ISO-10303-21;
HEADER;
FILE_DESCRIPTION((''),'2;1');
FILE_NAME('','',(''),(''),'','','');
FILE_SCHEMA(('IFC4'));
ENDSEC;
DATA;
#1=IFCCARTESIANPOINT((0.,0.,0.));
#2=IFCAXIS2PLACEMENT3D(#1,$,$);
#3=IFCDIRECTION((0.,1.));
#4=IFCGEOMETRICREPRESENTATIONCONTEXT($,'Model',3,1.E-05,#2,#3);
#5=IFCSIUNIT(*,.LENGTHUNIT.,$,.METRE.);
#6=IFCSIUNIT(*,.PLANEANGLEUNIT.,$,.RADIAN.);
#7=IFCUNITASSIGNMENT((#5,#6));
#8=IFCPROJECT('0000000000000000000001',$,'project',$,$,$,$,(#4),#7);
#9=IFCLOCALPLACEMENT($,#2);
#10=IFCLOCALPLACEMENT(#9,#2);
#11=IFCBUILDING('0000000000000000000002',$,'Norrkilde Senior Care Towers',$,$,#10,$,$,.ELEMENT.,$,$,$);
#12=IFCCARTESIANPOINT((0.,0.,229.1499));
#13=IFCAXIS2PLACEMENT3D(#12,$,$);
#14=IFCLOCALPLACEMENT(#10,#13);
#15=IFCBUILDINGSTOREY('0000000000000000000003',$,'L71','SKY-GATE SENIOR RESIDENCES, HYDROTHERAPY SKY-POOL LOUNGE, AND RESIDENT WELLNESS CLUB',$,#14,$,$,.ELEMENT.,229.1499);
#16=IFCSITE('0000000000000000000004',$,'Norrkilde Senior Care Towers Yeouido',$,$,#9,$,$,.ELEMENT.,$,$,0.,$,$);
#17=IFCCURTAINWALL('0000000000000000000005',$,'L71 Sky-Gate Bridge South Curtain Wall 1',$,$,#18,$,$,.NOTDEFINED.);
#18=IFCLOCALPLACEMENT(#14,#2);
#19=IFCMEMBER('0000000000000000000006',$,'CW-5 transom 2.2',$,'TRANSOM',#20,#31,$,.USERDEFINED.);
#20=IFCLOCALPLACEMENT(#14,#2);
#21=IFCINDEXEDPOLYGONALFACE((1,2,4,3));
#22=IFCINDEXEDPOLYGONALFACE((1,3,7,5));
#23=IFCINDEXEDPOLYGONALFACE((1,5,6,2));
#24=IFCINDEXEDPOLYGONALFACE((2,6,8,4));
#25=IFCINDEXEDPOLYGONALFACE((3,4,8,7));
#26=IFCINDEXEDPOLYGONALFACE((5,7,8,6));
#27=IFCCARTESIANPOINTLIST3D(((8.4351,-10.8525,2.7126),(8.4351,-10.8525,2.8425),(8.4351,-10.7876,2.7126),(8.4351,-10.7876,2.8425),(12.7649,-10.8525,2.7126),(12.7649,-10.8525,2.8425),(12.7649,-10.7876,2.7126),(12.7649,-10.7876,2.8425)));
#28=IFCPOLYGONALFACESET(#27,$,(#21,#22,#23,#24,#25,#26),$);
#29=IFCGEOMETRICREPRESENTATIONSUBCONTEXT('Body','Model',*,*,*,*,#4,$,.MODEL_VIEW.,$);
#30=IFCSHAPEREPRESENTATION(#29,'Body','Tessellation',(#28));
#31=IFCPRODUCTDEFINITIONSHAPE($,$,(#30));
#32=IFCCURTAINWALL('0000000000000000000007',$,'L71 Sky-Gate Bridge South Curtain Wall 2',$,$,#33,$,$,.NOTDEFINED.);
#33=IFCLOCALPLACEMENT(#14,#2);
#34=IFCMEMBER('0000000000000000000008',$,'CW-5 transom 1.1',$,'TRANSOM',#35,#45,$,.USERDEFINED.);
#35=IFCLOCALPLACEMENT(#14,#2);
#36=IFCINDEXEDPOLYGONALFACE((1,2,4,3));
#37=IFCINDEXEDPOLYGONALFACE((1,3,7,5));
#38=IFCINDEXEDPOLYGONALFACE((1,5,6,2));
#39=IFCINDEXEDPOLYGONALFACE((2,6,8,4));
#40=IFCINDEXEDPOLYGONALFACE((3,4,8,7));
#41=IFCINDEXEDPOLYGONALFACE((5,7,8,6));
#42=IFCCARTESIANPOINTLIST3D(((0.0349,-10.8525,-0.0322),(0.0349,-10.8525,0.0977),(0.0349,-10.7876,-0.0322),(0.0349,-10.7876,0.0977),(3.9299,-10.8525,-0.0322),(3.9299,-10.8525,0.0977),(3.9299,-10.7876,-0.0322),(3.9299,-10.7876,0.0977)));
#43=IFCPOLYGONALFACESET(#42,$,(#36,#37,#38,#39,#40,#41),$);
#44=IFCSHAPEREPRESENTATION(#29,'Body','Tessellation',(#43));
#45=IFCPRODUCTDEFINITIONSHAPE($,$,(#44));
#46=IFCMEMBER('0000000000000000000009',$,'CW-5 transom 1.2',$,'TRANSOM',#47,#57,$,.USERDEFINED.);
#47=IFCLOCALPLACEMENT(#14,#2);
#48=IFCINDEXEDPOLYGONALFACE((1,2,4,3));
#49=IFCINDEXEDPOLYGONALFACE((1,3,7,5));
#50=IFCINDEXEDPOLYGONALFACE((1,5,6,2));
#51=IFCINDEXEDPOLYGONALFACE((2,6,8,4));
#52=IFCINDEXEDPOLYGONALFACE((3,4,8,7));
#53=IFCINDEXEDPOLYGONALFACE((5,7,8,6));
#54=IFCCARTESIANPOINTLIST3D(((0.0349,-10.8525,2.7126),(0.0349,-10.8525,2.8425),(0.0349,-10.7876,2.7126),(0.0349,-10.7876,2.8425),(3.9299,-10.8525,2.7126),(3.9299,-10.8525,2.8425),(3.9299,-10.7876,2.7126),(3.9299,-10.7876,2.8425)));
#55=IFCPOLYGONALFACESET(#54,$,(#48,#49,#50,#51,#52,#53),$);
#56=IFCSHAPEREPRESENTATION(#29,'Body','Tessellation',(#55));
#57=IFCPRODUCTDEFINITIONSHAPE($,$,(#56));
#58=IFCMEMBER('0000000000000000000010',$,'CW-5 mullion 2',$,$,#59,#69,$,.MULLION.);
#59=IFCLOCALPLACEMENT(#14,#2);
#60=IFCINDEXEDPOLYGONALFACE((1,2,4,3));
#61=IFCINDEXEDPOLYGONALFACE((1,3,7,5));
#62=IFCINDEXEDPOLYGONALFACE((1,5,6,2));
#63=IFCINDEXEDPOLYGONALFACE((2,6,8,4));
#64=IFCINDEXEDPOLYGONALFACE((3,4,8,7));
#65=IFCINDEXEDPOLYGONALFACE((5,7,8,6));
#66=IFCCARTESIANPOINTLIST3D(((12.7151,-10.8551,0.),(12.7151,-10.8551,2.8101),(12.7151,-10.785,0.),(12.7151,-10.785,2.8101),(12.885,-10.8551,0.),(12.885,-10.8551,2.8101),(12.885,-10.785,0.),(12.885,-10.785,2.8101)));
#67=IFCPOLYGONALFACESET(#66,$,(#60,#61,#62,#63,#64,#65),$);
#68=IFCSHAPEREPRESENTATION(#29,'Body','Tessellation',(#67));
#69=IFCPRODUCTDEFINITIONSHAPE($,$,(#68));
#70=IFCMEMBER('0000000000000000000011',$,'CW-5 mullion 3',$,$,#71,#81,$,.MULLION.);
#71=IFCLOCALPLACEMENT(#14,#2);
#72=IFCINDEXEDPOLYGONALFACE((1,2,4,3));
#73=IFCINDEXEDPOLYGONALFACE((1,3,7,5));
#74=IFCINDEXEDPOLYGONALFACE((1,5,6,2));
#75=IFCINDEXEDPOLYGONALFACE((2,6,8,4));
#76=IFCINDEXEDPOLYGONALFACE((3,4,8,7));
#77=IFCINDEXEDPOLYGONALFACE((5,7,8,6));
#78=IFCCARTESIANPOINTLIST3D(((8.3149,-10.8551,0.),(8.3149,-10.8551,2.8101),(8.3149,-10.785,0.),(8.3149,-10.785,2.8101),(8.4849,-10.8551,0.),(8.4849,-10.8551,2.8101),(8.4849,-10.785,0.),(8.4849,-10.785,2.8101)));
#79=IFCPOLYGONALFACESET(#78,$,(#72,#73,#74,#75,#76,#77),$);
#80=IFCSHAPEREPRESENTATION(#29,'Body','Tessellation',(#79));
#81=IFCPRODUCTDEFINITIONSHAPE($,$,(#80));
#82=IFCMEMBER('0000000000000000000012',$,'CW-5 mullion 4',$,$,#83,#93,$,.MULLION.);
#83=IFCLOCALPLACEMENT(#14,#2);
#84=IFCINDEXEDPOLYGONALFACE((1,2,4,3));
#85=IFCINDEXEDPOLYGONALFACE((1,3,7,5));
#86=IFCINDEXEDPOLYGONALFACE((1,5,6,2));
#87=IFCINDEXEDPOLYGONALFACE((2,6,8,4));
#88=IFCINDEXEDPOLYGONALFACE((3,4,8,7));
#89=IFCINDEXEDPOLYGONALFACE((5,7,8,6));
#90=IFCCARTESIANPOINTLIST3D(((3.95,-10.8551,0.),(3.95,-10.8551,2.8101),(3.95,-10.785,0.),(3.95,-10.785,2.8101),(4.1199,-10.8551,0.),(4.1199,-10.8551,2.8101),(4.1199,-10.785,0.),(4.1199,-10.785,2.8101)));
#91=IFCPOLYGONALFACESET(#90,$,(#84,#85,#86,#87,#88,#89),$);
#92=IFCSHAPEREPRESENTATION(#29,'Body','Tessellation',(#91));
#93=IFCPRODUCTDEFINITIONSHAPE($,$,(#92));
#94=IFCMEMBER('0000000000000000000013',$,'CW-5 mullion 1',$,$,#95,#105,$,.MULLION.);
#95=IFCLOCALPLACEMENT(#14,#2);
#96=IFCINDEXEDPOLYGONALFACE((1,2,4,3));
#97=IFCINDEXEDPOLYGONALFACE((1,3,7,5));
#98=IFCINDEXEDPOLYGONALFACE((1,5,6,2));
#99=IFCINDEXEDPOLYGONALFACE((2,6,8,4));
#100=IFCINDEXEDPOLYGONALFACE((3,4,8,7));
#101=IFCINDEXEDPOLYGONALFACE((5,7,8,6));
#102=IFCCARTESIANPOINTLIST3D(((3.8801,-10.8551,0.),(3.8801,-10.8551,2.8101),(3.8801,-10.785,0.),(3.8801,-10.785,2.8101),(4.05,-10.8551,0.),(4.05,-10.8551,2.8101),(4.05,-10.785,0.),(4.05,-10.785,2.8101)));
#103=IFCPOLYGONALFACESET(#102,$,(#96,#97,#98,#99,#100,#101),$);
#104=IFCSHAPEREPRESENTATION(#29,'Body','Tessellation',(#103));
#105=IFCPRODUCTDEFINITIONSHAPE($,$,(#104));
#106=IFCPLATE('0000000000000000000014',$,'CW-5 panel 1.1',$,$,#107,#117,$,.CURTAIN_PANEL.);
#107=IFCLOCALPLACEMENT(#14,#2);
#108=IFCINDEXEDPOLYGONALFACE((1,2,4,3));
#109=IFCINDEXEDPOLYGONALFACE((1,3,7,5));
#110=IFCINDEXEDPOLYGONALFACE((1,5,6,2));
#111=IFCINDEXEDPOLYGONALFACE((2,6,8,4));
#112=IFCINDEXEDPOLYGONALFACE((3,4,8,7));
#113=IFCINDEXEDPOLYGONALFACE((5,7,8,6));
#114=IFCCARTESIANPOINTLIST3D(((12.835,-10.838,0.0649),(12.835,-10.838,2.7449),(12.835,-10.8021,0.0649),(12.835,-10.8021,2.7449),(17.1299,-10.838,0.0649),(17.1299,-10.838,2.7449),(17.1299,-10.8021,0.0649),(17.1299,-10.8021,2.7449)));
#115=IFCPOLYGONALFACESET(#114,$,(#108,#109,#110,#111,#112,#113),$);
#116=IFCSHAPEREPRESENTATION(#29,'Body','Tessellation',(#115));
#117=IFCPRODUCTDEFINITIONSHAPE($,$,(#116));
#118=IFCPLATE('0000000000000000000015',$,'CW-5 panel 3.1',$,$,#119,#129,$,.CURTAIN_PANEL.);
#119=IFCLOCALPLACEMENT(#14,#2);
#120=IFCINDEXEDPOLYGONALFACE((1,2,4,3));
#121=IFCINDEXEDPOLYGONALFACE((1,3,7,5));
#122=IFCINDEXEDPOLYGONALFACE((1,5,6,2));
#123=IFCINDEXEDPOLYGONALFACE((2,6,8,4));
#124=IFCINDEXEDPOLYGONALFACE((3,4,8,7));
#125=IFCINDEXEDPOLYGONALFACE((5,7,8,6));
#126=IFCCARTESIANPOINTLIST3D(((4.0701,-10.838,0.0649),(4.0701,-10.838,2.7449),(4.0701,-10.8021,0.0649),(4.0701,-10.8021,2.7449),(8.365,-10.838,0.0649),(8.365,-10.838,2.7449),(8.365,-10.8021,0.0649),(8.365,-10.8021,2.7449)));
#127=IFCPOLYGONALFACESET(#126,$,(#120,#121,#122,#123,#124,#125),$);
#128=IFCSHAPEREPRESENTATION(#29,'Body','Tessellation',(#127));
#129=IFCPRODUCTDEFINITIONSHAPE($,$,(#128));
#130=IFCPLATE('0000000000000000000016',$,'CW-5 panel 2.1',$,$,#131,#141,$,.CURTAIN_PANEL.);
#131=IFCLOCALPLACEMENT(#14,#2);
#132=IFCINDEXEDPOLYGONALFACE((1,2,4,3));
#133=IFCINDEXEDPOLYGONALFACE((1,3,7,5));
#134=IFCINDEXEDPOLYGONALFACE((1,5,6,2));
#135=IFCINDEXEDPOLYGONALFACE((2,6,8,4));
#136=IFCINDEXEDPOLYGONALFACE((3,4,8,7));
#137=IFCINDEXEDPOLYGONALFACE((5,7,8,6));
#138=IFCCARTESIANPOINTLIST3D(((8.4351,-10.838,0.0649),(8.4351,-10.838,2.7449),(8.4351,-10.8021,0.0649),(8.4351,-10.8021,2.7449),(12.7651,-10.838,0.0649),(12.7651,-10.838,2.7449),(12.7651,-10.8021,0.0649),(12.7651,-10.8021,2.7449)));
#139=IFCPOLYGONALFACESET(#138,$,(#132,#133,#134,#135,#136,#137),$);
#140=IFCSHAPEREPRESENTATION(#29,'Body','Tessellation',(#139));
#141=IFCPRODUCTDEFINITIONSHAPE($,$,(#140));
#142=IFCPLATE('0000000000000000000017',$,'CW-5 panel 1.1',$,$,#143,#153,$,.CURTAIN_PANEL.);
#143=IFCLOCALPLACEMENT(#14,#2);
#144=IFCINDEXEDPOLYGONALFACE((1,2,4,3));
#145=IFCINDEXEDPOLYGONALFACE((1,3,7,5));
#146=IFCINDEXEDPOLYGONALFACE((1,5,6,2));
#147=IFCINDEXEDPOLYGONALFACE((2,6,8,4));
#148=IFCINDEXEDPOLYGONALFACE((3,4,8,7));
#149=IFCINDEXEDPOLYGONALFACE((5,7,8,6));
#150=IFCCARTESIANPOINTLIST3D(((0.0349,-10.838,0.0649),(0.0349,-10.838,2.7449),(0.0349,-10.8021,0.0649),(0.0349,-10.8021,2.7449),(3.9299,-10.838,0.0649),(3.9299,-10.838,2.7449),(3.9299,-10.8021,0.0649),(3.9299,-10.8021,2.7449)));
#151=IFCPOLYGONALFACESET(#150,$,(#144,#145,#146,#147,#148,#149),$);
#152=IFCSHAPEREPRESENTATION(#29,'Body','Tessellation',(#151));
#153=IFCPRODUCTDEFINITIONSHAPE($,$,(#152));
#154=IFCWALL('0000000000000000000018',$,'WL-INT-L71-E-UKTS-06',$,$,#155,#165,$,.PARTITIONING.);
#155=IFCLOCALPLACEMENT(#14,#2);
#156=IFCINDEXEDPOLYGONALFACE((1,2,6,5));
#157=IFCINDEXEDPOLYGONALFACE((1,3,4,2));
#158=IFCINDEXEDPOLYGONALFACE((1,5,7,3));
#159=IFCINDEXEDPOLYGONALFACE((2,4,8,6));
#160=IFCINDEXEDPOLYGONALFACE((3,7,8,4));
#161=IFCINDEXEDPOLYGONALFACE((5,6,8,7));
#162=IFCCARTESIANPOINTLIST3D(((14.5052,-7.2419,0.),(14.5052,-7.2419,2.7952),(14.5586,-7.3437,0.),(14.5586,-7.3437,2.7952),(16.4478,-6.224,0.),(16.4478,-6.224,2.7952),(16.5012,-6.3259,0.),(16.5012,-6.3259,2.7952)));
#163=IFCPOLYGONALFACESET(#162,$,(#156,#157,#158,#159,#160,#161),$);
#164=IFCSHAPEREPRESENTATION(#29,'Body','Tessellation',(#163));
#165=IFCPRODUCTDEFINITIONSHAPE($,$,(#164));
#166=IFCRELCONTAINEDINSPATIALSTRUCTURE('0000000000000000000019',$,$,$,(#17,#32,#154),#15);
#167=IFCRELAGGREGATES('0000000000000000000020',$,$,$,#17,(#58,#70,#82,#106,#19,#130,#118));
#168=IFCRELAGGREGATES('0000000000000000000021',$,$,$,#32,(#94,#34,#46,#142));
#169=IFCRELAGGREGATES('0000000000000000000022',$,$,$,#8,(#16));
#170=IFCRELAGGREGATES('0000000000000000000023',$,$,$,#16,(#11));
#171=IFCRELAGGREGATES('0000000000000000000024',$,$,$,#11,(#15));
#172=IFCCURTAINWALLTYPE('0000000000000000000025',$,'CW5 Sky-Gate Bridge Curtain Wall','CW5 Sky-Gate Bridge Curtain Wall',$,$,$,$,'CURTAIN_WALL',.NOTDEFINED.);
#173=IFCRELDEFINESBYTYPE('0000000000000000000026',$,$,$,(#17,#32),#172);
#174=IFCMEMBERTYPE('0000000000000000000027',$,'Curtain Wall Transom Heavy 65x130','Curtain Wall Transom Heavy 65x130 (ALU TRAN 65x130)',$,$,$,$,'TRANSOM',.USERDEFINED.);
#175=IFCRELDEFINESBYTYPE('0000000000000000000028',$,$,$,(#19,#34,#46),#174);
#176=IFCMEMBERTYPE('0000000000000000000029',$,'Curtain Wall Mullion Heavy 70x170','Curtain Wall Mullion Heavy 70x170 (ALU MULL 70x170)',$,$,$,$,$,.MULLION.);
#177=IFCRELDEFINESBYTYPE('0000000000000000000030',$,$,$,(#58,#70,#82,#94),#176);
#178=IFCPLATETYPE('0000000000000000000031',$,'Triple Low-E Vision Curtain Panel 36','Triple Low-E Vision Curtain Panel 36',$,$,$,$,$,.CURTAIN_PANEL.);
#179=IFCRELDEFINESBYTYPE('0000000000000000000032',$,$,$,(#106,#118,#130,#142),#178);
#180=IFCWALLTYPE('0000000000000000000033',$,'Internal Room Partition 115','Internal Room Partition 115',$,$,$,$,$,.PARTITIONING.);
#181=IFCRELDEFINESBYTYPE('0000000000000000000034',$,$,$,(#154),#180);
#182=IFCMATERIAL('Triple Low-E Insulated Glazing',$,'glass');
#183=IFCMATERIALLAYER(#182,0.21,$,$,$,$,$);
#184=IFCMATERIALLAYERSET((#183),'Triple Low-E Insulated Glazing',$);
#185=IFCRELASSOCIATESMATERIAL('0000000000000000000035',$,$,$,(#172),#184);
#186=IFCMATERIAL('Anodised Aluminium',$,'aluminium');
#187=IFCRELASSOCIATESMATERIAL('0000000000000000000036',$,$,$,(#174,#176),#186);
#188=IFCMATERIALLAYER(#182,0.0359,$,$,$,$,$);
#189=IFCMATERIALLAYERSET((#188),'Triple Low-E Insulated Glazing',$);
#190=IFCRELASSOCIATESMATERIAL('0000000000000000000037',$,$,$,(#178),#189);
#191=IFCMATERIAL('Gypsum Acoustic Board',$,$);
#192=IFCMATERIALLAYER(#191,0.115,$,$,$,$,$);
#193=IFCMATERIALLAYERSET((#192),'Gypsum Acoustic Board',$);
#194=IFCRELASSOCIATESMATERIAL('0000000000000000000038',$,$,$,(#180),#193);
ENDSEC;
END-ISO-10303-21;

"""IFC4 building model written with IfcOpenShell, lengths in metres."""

from ifc_helpers import new_model, si_unit, direction, frame, frame_2d, origin, origin_2d, place, context, subcontext, project, spatial, rectangle, extrude, source, transform, mapped, material, layer, layer_set, material_profile, profile_set, type_object, type_shapes, element, aggregate, save


model = new_model("IFC4")

# Units and contexts
model_context = context("Model", 3, precision=1e-05, world=origin(), true_north=direction((0.0, 1.0)))
body_context = subcontext(model_context, "Body", "Model", "MODEL_VIEW")
ifc_project = project(units=[si_unit("LENGTHUNIT", "METRE"), si_unit("PLANEANGLEUNIT", "RADIAN")], contexts=[model_context])

# Site, building, storey
site_placement = place(None, origin())
site = spatial("IfcSite", under=ifc_project, at=site_placement, Name="Norrkilde Senior Care Towers Yeouido", CompositionType="ELEMENT", RefElevation=0.0)
building_placement = place(site_placement, origin())
building = spatial("IfcBuilding", under=site, at=building_placement, Name="Norrkilde Senior Care Towers", CompositionType="ELEMENT")
storey_placement = place(building_placement, frame((0.0, 0.0, 229.1499)))
storey = spatial("IfcBuildingStorey", under=building, at=storey_placement, Name="L71", Description="SKY-GATE SENIOR RESIDENCES, HYDROTHERAPY SKY-POOL LOUNGE, AND RESIDENT WELLNESS CLUB", CompositionType="ELEMENT", Elevation=229.1499)

# Curtain walls, members
ifc_material_1 = material(Name="Triple Low-E Insulated Glazing", Category="glass")
ifc_layer_1 = layer(ifc_material_1, 0.21)
ifc_layer_set_1 = layer_set([ifc_layer_1], Name="Triple Low-E Insulated Glazing")
curtain_wall_type = type_object("IfcCurtainWallType", Name="CW5 Sky-Gate Bridge Curtain Wall", Description="CW5 Sky-Gate Bridge Curtain Wall", ElementType="CURTAIN_WALL", PredefinedType="NOTDEFINED", material=ifc_layer_set_1)
curtain_wall_1_placement = place(storey_placement, origin())
curtain_wall_1 = element("IfcCurtainWall", 1, at=curtain_wall_1_placement, inside=storey, type_object=curtain_wall_type, Name="L71 Sky-Gate Bridge South Curtain Wall 1", PredefinedType="NOTDEFINED")
ifc_material_2 = material(Name="Anodised Aluminium", Category="aluminium")
ifc_material_profile_1 = material_profile(ifc_material_2, rectangle(XDim=0.0649, YDim=0.1299, at=origin_2d()), Name="ALU TRAN 65x130")
ifc_profile_set_1 = profile_set([ifc_material_profile_1], Name="Anodised Aluminium")
member_type_1 = type_object("IfcMemberType", Name="Curtain Wall Transom Heavy 65x130", Description="Curtain Wall Transom Heavy 65x130 (ALU TRAN 65x130)", ElementType="TRANSOM", PredefinedType="USERDEFINED", material=ifc_profile_set_1)
shared_shape_1 = source(origin(), body_context, "Body", "SweptSolid", [
    extrude(rectangle(XDim=0.0649, YDim=0.1299, at=origin_2d()), origin(), (0.0, 0.0, 1.0), 4.3298),
])
member_1_placement = place(storey_placement, frame((12.7649, -10.8201, 2.7776), z_axis=(-1.0, 0.0, 0.0), x_axis=(0.0, -1.0, 0.0)))
member_1 = element("IfcMember", 2, at=member_1_placement, type_object=member_type_1, Name="CW-5 transom 2.2", ObjectType="TRANSOM", PredefinedType="USERDEFINED", context=body_context, shape_type="MappedRepresentation", body=[
    mapped(shared_shape_1, transform((0.0, 0.0, 0.0), x_axis=(1.0, 0.0, 0.0), y_axis=(0.0, 1.0, 0.0), z_axis=(0.0, 0.0, 1.0), scale=1.0)),
])
curtain_wall_2_placement = place(storey_placement, origin())
curtain_wall_2 = element("IfcCurtainWall", 3, at=curtain_wall_2_placement, inside=storey, type_object=curtain_wall_type, Name="L71 Sky-Gate Bridge South Curtain Wall 2", PredefinedType="NOTDEFINED")
shared_shape_2 = source(origin(), body_context, "Body", "SweptSolid", [
    extrude(rectangle(XDim=0.0649, YDim=0.1299, at=origin_2d()), origin(), (0.0, 0.0, 1.0), 3.895),
])
member_2_placement = place(storey_placement, frame((3.9299, -10.8201, 0.0327), z_axis=(-1.0, 0.0, 0.0), x_axis=(0.0, -1.0, 0.0)))
member_2 = element("IfcMember", 4, at=member_2_placement, type_object=member_type_1, Name="CW-5 transom 1.1", ObjectType="TRANSOM", PredefinedType="USERDEFINED", context=body_context, shape_type="MappedRepresentation", body=[
    mapped(shared_shape_2, transform((0.0, 0.0, 0.0), x_axis=(1.0, 0.0, 0.0), y_axis=(0.0, 1.0, 0.0), z_axis=(0.0, 0.0, 1.0), scale=1.0)),
])
member_3_placement = place(storey_placement, frame((3.9299, -10.8201, 2.7776), z_axis=(-1.0, 0.0, 0.0), x_axis=(0.0, -1.0, 0.0)))
member_3 = element("IfcMember", 5, at=member_3_placement, type_object=member_type_1, Name="CW-5 transom 1.2", ObjectType="TRANSOM", PredefinedType="USERDEFINED", context=body_context, shape_type="MappedRepresentation", body=[
    mapped(shared_shape_2, transform((0.0, 0.0, 0.0), x_axis=(1.0, 0.0, 0.0), y_axis=(0.0, 1.0, 0.0), z_axis=(0.0, 0.0, 1.0), scale=1.0)),
])

# Members
ifc_material_profile_2 = material_profile(ifc_material_2, rectangle(XDim=0.0701, YDim=0.1699, at=origin_2d()), Name="ALU MULL 70x170")
ifc_profile_set_2 = profile_set([ifc_material_profile_2], Name="Anodised Aluminium")
member_type_2 = type_object("IfcMemberType", Name="Curtain Wall Mullion Heavy 70x170", Description="Curtain Wall Mullion Heavy 70x170 (ALU MULL 70x170)", PredefinedType="MULLION", material=ifc_profile_set_2)
shared_shape_3 = source(origin(), body_context, "Body", "SweptSolid", [
    extrude(rectangle(XDim=0.0701, YDim=0.1699, at=origin_2d()), origin(), (0.0, 0.0, 1.0), 2.8101),
])
type_shapes(member_type_2, [shared_shape_3])
member_4_placement = place(storey_placement, frame((12.8, -10.8201, 0.0), z_axis=(0.0, 0.0, 1.0), x_axis=(0.0, -1.0, 0.0)))
member_4 = element("IfcMember", 6, at=member_4_placement, type_object=member_type_2, Name="CW-5 mullion 2", PredefinedType="MULLION", context=body_context, shape_type="MappedRepresentation", body=[
    mapped(shared_shape_3, transform((0.0, 0.0, 0.0), x_axis=(1.0, 0.0, 0.0), y_axis=(0.0, 1.0, 0.0), z_axis=(0.0, 0.0, 1.0), scale=1.0)),
])
member_5_placement = place(storey_placement, frame((8.3999, -10.8201, 0.0), z_axis=(0.0, 0.0, 1.0), x_axis=(0.0, -1.0, 0.0)))
member_5 = element("IfcMember", 7, at=member_5_placement, type_object=member_type_2, Name="CW-5 mullion 3", PredefinedType="MULLION", context=body_context, shape_type="MappedRepresentation", body=[
    mapped(shared_shape_3, transform((0.0, 0.0, 0.0), x_axis=(1.0, 0.0, 0.0), y_axis=(0.0, 1.0, 0.0), z_axis=(0.0, 0.0, 1.0), scale=1.0)),
])
member_6_placement = place(storey_placement, frame((4.0349, -10.8201, 0.0), z_axis=(0.0, 0.0, 1.0), x_axis=(0.0, -1.0, 0.0)))
member_6 = element("IfcMember", 8, at=member_6_placement, type_object=member_type_2, Name="CW-5 mullion 4", PredefinedType="MULLION", context=body_context, shape_type="MappedRepresentation", body=[
    mapped(shared_shape_3, transform((0.0, 0.0, 0.0), x_axis=(1.0, 0.0, 0.0), y_axis=(0.0, 1.0, 0.0), z_axis=(0.0, 0.0, 1.0), scale=1.0)),
])
member_7_placement = place(storey_placement, frame((3.9651, -10.8201, 0.0), z_axis=(0.0, 0.0, 1.0), x_axis=(0.0, -1.0, 0.0)))
member_7 = element("IfcMember", 9, at=member_7_placement, type_object=member_type_2, Name="CW-5 mullion 1", PredefinedType="MULLION", context=body_context, shape_type="MappedRepresentation", body=[
    mapped(shared_shape_3, transform((0.0, 0.0, 0.0), x_axis=(1.0, 0.0, 0.0), y_axis=(0.0, 1.0, 0.0), z_axis=(0.0, 0.0, 1.0), scale=1.0)),
])

# Plates
ifc_layer_2 = layer(ifc_material_1, 0.0359)
ifc_layer_set_2 = layer_set([ifc_layer_2], Name="Triple Low-E Insulated Glazing")
plate_type = type_object("IfcPlateType", Name="Triple Low-E Vision Curtain Panel 36", Description="Triple Low-E Vision Curtain Panel 36", PredefinedType="CURTAIN_PANEL", material=ifc_layer_set_2)
shared_shape_4 = source(origin(), body_context, "Body", "SweptSolid", [
    extrude(rectangle(XDim=4.2949, YDim=0.0359, at=origin_2d()), origin(), (0.0, 0.0, 1.0), 2.6799),
])
plate_1_placement = place(storey_placement, frame((14.9824, -10.8201, 0.0649), z_axis=(0.0, 0.0, 1.0), x_axis=(-1.0, 0.0, 0.0)))
plate_1 = element("IfcPlate", 10, at=plate_1_placement, type_object=plate_type, Name="CW-5 panel 1.1", PredefinedType="CURTAIN_PANEL", context=body_context, shape_type="MappedRepresentation", body=[
    mapped(shared_shape_4, transform((0.0, 0.0, 0.0), x_axis=(1.0, 0.0, 0.0), y_axis=(0.0, 1.0, 0.0), z_axis=(0.0, 0.0, 1.0), scale=1.0)),
])
plate_2_placement = place(storey_placement, frame((6.2175, -10.8201, 0.0649), z_axis=(0.0, 0.0, 1.0), x_axis=(-1.0, 0.0, 0.0)))
plate_2 = element("IfcPlate", 11, at=plate_2_placement, type_object=plate_type, Name="CW-5 panel 3.1", PredefinedType="CURTAIN_PANEL", context=body_context, shape_type="MappedRepresentation", body=[
    mapped(shared_shape_4, transform((0.0, 0.0, 0.0), x_axis=(1.0, 0.0, 0.0), y_axis=(0.0, 1.0, 0.0), z_axis=(0.0, 0.0, 1.0), scale=1.0)),
])
shared_shape_5 = source(origin(), body_context, "Body", "SweptSolid", [
    extrude(rectangle(XDim=4.3301, YDim=0.0359, at=origin_2d()), origin(), (0.0, 0.0, 1.0), 2.6799),
])
plate_3_placement = place(storey_placement, frame((10.6001, -10.8201, 0.0649), z_axis=(0.0, 0.0, 1.0), x_axis=(-1.0, 0.0, 0.0)))
plate_3 = element("IfcPlate", 12, at=plate_3_placement, type_object=plate_type, Name="CW-5 panel 2.1", PredefinedType="CURTAIN_PANEL", context=body_context, shape_type="MappedRepresentation", body=[
    mapped(shared_shape_5, transform((0.0, 0.0, 0.0), x_axis=(1.0, 0.0, 0.0), y_axis=(0.0, 1.0, 0.0), z_axis=(0.0, 0.0, 1.0), scale=1.0)),
])
aggregate(curtain_wall_1, [member_4, member_5, member_6, plate_1, member_1, plate_3, plate_2])
shared_shape_6 = source(origin(), body_context, "Body", "SweptSolid", [
    extrude(rectangle(XDim=3.895, YDim=0.0359, at=origin_2d()), origin(), (0.0, 0.0, 1.0), 2.6799),
])
type_shapes(plate_type, [shared_shape_4, shared_shape_5, shared_shape_6])
plate_4_placement = place(storey_placement, frame((1.9824, -10.8201, 0.0649), z_axis=(0.0, 0.0, 1.0), x_axis=(-1.0, 0.0, 0.0)))
plate_4 = element("IfcPlate", 13, at=plate_4_placement, type_object=plate_type, Name="CW-5 panel 1.1", PredefinedType="CURTAIN_PANEL", context=body_context, shape_type="MappedRepresentation", body=[
    mapped(shared_shape_6, transform((0.0, 0.0, 0.0), x_axis=(1.0, 0.0, 0.0), y_axis=(0.0, 1.0, 0.0), z_axis=(0.0, 0.0, 1.0), scale=1.0)),
])
aggregate(curtain_wall_2, [member_7, member_2, member_3, plate_4])

# Wall
ifc_material_3 = material(Name="Gypsum Acoustic Board")
ifc_layer_3 = layer(ifc_material_3, 0.115)
ifc_layer_set_3 = layer_set([ifc_layer_3], Name="Gypsum Acoustic Board")
wall_type_1 = type_object("IfcWallType", Name="Internal Room Partition 115", Description="Internal Room Partition 115", PredefinedType="PARTITIONING", material=ifc_layer_set_3)
shared_shape_7 = source(origin(), body_context, "Body", "SweptSolid", [
    extrude(rectangle(XDim=2.1931, YDim=0.115, at=frame_2d((1.0967, 0.0))), origin(), (0.0, 0.0, 1.0), 2.7952),
])
type_shapes(wall_type_1, [shared_shape_7])
wall_1_placement = place(storey_placement, frame((16.4746, -6.2749, 0.0), z_axis=(0.0, 0.0, 1.0), x_axis=(-0.885784, -0.464099, 0.0)))
element("IfcWall", 14, at=wall_1_placement, inside=storey, type_object=wall_type_1, Name="WL-INT-L71-E-UKTS-06", PredefinedType="PARTITIONING", context=body_context, shape_type="MappedRepresentation", body=[
    mapped(shared_shape_7, transform((0.0, 0.0, 0.0), x_axis=(1.0, 0.0, 0.0), y_axis=(0.0, 1.0, 0.0), z_axis=(0.0, 0.0, 1.0), scale=1.0)),
])

save(model, "model.ifc")
